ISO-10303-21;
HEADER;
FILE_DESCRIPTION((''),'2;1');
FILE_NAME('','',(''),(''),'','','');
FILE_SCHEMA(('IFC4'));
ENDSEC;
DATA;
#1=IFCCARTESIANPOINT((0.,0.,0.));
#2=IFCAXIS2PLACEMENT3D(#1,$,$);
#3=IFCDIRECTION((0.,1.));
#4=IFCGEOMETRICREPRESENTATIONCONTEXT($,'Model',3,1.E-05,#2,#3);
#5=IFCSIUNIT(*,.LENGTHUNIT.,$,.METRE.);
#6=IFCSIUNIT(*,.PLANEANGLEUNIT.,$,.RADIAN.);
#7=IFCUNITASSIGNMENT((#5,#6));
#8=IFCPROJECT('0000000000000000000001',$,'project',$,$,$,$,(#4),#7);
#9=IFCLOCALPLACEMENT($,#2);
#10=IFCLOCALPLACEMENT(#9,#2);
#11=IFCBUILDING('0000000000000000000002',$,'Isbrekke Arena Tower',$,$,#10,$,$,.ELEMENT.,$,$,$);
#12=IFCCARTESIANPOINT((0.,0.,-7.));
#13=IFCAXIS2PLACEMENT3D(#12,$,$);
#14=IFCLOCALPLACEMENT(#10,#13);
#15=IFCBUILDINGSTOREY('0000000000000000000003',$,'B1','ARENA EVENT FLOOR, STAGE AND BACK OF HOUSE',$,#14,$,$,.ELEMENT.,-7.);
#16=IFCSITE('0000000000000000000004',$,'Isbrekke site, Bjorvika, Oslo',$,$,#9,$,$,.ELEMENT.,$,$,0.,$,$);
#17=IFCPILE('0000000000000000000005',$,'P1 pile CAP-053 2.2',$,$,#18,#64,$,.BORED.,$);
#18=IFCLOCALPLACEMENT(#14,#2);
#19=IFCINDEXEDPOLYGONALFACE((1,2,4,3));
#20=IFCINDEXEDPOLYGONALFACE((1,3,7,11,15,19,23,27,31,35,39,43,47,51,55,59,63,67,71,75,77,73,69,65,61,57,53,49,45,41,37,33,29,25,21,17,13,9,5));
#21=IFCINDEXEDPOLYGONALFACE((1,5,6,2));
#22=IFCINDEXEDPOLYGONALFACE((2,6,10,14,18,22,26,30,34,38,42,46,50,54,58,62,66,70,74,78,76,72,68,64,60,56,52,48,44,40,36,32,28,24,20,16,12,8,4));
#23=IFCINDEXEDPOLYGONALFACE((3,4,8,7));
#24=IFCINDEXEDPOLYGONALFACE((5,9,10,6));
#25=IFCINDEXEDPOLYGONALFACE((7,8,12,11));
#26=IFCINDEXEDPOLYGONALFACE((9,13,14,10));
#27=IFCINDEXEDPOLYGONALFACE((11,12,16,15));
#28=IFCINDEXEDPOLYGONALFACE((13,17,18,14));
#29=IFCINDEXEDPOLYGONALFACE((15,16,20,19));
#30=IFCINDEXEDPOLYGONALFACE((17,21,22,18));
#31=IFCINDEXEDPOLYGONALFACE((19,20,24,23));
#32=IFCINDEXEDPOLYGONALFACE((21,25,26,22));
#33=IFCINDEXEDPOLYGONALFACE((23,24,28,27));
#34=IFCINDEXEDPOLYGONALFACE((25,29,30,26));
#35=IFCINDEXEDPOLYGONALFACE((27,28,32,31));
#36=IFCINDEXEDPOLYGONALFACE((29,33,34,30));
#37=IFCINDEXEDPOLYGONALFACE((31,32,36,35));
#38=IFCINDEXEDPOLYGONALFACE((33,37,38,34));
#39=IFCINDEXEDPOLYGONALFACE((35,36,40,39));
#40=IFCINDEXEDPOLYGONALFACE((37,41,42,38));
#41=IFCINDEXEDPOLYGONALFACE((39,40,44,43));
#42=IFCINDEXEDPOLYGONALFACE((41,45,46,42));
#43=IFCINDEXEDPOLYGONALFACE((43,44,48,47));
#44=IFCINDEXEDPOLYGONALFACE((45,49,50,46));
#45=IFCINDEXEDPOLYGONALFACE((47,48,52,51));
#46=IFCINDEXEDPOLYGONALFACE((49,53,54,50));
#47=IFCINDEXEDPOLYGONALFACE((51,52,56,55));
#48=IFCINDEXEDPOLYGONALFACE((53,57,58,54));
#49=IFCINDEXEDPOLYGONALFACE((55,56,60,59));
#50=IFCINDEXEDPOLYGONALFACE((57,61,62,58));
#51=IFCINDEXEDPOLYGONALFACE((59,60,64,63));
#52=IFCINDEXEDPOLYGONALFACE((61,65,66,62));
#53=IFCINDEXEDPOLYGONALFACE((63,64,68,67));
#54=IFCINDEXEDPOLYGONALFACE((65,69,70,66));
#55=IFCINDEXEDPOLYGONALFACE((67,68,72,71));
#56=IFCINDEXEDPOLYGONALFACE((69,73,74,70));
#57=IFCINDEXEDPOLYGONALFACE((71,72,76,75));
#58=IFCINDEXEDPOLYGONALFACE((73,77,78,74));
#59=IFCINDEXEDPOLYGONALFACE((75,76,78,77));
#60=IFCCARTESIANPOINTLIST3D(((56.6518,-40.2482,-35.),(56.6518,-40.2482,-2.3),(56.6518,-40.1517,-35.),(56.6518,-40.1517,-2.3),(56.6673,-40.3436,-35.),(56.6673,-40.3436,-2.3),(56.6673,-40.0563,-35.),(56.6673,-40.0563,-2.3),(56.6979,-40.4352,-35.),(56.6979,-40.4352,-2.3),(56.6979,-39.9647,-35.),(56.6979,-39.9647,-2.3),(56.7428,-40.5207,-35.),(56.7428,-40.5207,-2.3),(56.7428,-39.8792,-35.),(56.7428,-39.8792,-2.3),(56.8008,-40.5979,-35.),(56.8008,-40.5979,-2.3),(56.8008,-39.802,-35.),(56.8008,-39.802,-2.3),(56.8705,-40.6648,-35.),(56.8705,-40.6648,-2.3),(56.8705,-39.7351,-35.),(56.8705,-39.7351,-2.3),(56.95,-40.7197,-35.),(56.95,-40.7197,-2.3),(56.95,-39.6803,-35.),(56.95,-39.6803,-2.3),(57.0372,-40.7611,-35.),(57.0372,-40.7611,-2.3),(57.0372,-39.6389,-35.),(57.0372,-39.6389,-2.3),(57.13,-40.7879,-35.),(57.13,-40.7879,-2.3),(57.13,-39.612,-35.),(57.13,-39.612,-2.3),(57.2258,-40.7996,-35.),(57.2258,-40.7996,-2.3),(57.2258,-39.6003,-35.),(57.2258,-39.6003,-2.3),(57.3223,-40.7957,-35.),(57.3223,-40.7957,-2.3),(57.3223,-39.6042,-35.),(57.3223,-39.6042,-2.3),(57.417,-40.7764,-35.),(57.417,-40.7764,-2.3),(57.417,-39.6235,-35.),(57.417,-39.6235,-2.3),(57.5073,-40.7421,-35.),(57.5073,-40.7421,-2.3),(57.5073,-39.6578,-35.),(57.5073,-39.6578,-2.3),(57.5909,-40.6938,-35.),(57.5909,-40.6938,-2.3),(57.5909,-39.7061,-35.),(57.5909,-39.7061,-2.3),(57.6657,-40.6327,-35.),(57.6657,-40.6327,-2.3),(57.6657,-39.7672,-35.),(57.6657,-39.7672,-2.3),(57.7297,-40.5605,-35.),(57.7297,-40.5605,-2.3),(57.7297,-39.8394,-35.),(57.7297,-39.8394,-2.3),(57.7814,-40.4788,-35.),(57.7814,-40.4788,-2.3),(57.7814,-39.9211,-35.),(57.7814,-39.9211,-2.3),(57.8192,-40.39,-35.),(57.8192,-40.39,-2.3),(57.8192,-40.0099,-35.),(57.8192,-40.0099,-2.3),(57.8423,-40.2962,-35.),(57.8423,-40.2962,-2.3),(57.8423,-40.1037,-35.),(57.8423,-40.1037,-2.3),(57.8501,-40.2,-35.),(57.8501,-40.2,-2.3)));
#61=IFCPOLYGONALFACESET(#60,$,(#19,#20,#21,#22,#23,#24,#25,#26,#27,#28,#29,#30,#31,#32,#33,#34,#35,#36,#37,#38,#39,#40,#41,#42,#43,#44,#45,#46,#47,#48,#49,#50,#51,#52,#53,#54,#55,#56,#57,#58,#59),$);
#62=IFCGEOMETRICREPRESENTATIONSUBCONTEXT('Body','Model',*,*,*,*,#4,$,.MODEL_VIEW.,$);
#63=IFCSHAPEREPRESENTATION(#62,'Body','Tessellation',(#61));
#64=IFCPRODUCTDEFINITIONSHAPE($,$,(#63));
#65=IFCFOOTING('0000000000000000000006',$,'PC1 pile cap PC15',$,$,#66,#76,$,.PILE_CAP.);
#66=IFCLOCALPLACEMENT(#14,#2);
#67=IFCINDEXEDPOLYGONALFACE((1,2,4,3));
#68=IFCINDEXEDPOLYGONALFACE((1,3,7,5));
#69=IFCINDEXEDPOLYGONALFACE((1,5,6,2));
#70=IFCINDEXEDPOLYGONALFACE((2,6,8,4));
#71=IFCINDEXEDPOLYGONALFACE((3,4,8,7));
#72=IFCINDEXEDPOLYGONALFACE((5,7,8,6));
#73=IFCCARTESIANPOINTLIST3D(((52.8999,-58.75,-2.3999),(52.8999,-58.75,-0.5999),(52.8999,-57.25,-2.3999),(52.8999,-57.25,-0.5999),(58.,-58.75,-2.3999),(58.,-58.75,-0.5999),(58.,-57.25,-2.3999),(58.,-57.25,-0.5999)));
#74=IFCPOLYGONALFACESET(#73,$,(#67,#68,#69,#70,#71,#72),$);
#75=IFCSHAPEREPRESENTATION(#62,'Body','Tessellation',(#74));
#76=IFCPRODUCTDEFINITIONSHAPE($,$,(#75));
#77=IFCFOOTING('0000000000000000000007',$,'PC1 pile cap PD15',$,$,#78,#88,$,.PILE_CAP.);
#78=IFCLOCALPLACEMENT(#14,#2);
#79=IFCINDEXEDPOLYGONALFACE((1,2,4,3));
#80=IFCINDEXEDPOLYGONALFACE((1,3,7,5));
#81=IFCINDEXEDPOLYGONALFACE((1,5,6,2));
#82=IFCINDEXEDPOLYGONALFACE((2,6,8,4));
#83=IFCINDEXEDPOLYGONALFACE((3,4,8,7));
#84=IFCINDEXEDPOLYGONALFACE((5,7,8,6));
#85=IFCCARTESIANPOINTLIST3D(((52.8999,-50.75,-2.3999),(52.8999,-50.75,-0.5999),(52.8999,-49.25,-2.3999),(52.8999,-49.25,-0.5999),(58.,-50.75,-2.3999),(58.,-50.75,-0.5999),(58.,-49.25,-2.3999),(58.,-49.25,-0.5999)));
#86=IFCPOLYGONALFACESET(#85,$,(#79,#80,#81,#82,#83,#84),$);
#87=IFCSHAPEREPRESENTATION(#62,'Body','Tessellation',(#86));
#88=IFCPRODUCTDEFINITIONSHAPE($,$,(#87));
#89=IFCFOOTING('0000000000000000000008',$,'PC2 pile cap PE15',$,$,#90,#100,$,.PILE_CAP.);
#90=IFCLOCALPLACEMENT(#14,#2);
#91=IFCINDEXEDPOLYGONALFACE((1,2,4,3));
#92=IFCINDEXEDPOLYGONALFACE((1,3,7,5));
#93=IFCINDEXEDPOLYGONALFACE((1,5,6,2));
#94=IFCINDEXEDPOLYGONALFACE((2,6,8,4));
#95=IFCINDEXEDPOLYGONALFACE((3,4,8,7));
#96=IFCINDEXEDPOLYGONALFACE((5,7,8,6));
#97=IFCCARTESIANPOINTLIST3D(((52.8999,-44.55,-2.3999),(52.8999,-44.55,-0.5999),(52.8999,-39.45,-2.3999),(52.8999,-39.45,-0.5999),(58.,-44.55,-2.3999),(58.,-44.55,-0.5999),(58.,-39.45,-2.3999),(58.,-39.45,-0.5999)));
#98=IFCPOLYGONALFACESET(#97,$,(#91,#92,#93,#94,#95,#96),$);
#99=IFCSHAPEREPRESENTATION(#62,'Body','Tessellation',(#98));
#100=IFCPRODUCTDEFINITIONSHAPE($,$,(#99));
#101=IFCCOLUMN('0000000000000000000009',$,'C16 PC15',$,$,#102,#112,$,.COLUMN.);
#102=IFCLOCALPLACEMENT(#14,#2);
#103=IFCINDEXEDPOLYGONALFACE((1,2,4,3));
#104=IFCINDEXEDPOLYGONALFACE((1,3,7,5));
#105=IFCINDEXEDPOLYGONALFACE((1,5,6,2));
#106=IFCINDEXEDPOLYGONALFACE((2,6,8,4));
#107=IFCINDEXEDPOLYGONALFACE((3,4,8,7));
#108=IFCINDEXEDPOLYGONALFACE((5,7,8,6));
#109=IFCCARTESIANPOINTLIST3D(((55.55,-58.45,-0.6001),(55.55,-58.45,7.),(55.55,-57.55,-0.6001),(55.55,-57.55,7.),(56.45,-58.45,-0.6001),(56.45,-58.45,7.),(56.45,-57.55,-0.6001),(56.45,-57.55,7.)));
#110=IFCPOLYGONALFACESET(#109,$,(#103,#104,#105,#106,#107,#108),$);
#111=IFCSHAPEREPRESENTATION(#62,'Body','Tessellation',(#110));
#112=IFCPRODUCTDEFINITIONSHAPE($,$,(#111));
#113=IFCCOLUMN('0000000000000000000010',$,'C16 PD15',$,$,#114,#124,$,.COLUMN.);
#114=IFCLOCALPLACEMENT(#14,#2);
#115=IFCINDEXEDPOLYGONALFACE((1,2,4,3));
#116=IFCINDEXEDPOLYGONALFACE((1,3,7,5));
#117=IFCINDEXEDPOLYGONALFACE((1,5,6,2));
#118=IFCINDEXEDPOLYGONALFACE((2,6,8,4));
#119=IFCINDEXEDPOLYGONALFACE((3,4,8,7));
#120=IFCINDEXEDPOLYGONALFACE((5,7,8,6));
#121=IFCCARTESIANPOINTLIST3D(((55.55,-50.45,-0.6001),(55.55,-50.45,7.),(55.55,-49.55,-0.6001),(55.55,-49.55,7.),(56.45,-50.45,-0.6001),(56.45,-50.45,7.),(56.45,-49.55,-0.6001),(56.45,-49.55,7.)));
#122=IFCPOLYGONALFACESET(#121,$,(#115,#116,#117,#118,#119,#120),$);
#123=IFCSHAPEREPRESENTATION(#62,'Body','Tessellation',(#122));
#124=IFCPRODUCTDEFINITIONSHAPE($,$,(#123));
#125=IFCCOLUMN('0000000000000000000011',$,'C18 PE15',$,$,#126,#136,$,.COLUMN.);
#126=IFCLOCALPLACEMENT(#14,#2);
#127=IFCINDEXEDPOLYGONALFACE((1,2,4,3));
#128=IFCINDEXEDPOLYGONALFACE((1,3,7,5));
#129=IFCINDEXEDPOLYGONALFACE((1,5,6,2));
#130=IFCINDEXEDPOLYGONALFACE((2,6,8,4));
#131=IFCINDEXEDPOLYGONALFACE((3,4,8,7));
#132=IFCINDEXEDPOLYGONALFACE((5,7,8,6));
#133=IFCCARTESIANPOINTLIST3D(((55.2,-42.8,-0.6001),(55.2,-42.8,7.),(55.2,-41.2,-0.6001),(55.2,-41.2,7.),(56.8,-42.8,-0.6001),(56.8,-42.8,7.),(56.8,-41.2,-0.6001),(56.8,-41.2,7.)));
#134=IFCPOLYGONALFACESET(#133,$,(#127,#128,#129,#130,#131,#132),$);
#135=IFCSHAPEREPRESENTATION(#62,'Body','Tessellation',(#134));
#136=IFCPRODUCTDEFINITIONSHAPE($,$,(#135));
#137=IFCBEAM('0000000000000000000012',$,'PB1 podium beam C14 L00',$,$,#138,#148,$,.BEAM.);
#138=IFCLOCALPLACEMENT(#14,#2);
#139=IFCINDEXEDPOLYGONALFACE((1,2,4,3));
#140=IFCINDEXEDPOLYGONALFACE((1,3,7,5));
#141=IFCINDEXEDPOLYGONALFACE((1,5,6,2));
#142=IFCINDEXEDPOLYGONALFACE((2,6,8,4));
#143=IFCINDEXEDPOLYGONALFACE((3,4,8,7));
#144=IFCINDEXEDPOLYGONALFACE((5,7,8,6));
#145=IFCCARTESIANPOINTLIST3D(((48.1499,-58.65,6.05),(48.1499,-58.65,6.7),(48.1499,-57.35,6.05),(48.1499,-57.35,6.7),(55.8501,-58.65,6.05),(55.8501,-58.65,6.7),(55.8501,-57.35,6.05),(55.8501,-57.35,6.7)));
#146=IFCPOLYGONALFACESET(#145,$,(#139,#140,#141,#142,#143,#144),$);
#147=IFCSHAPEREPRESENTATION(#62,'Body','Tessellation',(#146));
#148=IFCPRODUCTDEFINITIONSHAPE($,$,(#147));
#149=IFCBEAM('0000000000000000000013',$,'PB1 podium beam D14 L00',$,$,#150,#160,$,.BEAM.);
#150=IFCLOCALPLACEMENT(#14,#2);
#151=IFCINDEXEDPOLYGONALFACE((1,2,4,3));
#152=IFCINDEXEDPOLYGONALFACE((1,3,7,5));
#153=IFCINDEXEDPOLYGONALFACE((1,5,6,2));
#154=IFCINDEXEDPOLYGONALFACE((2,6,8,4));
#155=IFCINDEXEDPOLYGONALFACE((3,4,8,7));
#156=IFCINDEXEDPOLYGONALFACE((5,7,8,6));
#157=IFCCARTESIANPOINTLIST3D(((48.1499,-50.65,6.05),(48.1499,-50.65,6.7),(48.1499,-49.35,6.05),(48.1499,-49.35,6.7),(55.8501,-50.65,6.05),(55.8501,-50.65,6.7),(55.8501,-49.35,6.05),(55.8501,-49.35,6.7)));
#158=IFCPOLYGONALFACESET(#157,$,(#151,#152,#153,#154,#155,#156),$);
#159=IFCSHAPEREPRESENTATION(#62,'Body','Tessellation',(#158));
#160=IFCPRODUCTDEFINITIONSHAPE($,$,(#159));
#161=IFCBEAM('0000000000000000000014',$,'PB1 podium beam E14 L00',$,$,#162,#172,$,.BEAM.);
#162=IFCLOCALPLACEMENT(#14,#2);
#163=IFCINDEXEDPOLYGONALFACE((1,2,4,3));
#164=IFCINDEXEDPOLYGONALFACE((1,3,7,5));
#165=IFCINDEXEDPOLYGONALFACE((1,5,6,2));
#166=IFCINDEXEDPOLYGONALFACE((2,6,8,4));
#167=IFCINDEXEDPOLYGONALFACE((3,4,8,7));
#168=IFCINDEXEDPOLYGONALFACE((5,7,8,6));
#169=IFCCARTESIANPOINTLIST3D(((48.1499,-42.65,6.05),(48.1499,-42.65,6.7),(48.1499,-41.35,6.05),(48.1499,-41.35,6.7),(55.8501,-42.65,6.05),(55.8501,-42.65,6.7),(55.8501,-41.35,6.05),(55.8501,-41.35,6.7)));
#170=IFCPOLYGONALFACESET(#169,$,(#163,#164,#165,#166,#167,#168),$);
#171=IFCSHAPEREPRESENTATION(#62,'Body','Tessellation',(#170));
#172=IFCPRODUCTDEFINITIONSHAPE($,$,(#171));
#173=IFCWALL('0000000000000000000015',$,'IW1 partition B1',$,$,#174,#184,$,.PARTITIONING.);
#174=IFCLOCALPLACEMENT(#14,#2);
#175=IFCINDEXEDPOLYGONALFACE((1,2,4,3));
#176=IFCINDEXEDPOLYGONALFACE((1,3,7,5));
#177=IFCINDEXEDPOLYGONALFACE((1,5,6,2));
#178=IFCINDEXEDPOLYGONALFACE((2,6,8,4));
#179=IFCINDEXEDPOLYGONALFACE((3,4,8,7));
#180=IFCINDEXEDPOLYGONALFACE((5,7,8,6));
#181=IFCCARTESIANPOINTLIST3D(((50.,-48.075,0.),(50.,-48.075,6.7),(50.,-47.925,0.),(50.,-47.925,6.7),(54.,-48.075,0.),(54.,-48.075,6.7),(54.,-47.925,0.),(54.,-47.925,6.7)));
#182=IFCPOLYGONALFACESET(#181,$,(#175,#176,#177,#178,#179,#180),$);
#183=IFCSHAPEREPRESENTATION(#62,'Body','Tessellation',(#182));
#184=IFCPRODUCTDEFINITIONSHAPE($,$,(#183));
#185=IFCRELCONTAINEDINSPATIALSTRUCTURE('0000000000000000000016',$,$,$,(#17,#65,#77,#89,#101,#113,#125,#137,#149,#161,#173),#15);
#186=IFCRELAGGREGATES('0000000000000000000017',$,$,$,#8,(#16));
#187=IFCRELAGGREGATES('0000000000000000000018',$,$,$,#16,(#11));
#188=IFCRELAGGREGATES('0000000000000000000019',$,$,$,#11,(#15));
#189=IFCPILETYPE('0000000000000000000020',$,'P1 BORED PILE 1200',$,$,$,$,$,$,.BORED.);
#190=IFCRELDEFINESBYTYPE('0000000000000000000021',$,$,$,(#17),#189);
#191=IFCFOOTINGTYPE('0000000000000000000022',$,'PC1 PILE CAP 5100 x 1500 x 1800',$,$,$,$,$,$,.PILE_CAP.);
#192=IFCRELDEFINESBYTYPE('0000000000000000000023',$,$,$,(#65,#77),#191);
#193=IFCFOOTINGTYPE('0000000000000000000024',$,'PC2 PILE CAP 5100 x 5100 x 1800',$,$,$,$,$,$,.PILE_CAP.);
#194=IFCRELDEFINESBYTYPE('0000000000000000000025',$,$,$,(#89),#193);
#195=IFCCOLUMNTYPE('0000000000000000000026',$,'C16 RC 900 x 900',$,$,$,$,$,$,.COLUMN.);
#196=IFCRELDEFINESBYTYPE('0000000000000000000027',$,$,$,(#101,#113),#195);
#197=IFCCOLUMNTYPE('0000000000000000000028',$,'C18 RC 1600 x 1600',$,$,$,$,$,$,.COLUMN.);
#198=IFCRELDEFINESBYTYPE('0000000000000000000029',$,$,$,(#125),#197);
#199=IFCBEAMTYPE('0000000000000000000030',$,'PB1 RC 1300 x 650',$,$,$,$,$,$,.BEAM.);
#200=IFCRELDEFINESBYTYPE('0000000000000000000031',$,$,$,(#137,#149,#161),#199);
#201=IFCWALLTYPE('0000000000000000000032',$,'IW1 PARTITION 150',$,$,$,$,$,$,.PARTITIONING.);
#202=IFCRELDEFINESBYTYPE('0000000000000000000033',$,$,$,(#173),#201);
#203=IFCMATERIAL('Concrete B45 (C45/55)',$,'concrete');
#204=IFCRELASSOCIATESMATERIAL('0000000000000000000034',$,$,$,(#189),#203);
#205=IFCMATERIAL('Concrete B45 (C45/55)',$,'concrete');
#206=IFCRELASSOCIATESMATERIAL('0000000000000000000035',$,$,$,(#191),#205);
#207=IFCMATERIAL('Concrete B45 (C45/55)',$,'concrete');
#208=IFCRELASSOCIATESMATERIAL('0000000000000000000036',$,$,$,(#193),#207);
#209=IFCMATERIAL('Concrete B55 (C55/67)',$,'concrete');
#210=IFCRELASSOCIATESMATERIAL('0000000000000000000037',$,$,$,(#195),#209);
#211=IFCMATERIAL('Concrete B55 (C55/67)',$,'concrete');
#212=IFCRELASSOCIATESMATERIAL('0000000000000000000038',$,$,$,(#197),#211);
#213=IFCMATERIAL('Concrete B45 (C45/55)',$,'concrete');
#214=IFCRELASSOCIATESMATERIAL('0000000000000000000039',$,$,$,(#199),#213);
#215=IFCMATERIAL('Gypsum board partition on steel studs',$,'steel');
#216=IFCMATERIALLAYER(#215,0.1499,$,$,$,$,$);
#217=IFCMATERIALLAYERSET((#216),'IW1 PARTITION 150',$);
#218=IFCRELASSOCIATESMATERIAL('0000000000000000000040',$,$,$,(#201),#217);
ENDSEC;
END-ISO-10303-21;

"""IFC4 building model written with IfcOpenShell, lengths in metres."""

from ifc_helpers import new_model, si_unit, direction, frame, frame_2d, origin, origin_2d, place, context, subcontext, project, spatial, rectangle, circle, extrude, material, layer, layer_set, material_profile, profile_set, type_object, element, save


model = new_model("IFC4")

# Units and contexts
model_context = context("Model", 3, precision=1e-05, world=origin(), true_north=direction((0.0, 1.0)))
body_context = subcontext(model_context, "Body", "Model", "MODEL_VIEW")
ifc_project = project(units=[si_unit("LENGTHUNIT", "METRE"), si_unit("PLANEANGLEUNIT", "RADIAN")], contexts=[model_context])

# Site, building, storey
site_placement = place(None, origin())
site = spatial("IfcSite", under=ifc_project, at=site_placement, Name="Isbrekke site, Bjorvika, Oslo", CompositionType="ELEMENT", RefElevation=0.0)
building_placement = place(site_placement, origin())
building = spatial("IfcBuilding", under=site, at=building_placement, Name="Isbrekke Arena Tower", CompositionType="ELEMENT")
storey_placement = place(building_placement, frame((0.0, 0.0, -7.0)))
storey = spatial("IfcBuildingStorey", under=building, at=storey_placement, Name="B1", Description="ARENA EVENT FLOOR, STAGE AND BACK OF HOUSE", CompositionType="ELEMENT", Elevation=-7.0)

# Pile
ifc_material_1 = material(Name="Concrete B45 (C45/55)", Category="concrete")
ifc_material_profile_1 = material_profile(ifc_material_1, circle(Radius=0.6001, at=origin_2d()), Name="BORED PILE D1200")
ifc_profile_set_1 = profile_set([ifc_material_profile_1], Name="Concrete B45 (C45/55)")
pile_type = type_object("IfcPileType", Name="P1 BORED PILE 1200", PredefinedType="BORED", material=ifc_profile_set_1)
for number, where, z_axis, x_axis, name in (
    (1, (57.25, -40.2, -2.3), (0.0, 0.0, -1.0), (1.0, 0.0, 0.0), "P1 pile CAP-053 2.2"),
):
    element("IfcPile", number, at=place(storey_placement, frame(where, z_axis=z_axis, x_axis=x_axis)), inside=storey, type_object=pile_type, Name=name, PredefinedType="BORED", context=body_context, shape_type="SweptSolid", body=[
        extrude(circle(Radius=0.6001, at=origin_2d()), origin(), (0.0, 0.0, 1.0), 32.7),
    ])

# Footings
ifc_material_2 = material(Name="Concrete B45 (C45/55)", Category="concrete")
footing_type_1 = type_object("IfcFootingType", Name="PC1 PILE CAP 5100 x 1500 x 1800", PredefinedType="PILE_CAP", material=ifc_material_2)
for number, where, z_axis, x_axis, name in (
    (2, (55.45, -58.0, -2.3999), (0.0, 0.0, 1.0), (1.0, 0.0, 0.0), "PC1 pile cap PC15"),
    (3, (55.45, -50.0, -2.3999), (0.0, 0.0, 1.0), (1.0, 0.0, 0.0), "PC1 pile cap PD15"),
):
    element("IfcFooting", number, at=place(storey_placement, frame(where, z_axis=z_axis, x_axis=x_axis)), inside=storey, type_object=footing_type_1, Name=name, PredefinedType="PILE_CAP", context=body_context, shape_type="SweptSolid", body=[
        extrude(rectangle(XDim=5.1001, YDim=1.5, at=origin_2d()), origin(), (0.0, 0.0, 1.0), 1.8),
    ])
ifc_material_3 = material(Name="Concrete B45 (C45/55)", Category="concrete")
footing_type_2 = type_object("IfcFootingType", Name="PC2 PILE CAP 5100 x 5100 x 1800", PredefinedType="PILE_CAP", material=ifc_material_3)
footing_placement = place(storey_placement, frame((55.45, -42.0, -2.3999), z_axis=(0.0, 0.0, 1.0), x_axis=(1.0, 0.0, 0.0)))
element("IfcFooting", 4, at=footing_placement, inside=storey, type_object=footing_type_2, Name="PC2 pile cap PE15", PredefinedType="PILE_CAP", context=body_context, shape_type="SweptSolid", body=[
    extrude(rectangle(XDim=5.1001, YDim=5.1001, at=origin_2d()), origin(), (0.0, 0.0, 1.0), 1.8),
])

# Columns
ifc_material_4 = material(Name="Concrete B55 (C55/67)", Category="concrete")
ifc_material_profile_2 = material_profile(ifc_material_4, rectangle(XDim=0.8999, YDim=0.8999, at=origin_2d()), Name="RC 900x900")
ifc_profile_set_2 = profile_set([ifc_material_profile_2], Name="Concrete B55 (C55/67)")
column_type_1 = type_object("IfcColumnType", Name="C16 RC 900 x 900", PredefinedType="COLUMN", material=ifc_profile_set_2)
for number, where, z_axis, x_axis, name in (
    (5, (56.0, -58.0, -0.6001), (0.0, 0.0, 1.0), (1.0, 0.0, 0.0), "C16 PC15"),
    (6, (56.0, -50.0, -0.6001), (0.0, 0.0, 1.0), (1.0, 0.0, 0.0), "C16 PD15"),
):
    element("IfcColumn", number, at=place(storey_placement, frame(where, z_axis=z_axis, x_axis=x_axis)), inside=storey, type_object=column_type_1, Name=name, PredefinedType="COLUMN", context=body_context, shape_type="SweptSolid", body=[
        extrude(rectangle(XDim=0.8999, YDim=0.8999, at=origin_2d()), origin(), (0.0, 0.0, 1.0), 7.6001),
    ])
ifc_material_5 = material(Name="Concrete B55 (C55/67)", Category="concrete")
ifc_material_profile_3 = material_profile(ifc_material_5, rectangle(XDim=1.6001, YDim=1.6001, at=origin_2d()), Name="RC 1600x1600")
ifc_profile_set_3 = profile_set([ifc_material_profile_3], Name="Concrete B55 (C55/67)")
column_type_2 = type_object("IfcColumnType", Name="C18 RC 1600 x 1600", PredefinedType="COLUMN", material=ifc_profile_set_3)
column_placement = place(storey_placement, frame((56.0, -42.0, -0.6001), z_axis=(0.0, 0.0, 1.0), x_axis=(1.0, 0.0, 0.0)))
element("IfcColumn", 7, at=column_placement, inside=storey, type_object=column_type_2, Name="C18 PE15", PredefinedType="COLUMN", context=body_context, shape_type="SweptSolid", body=[
    extrude(rectangle(XDim=1.6001, YDim=1.6001, at=origin_2d()), origin(), (0.0, 0.0, 1.0), 7.6001),
])

# Beams
ifc_material_6 = material(Name="Concrete B45 (C45/55)", Category="concrete")
ifc_material_profile_4 = material_profile(ifc_material_6, rectangle(XDim=1.3, YDim=0.6499, at=origin_2d()), Name="RC 1300x650")
ifc_profile_set_4 = profile_set([ifc_material_profile_4], Name="Concrete B45 (C45/55)")
beam_type = type_object("IfcBeamType", Name="PB1 RC 1300 x 650", PredefinedType="BEAM", material=ifc_profile_set_4)
for number, where, z_axis, x_axis, name in (
    (8, (48.1499, -58.0, 6.375), (1.0, 0.0, 0.0), (0.0, 1.0, 0.0), "PB1 podium beam C14 L00"),
    (9, (48.1499, -50.0, 6.375), (1.0, 0.0, 0.0), (0.0, 1.0, 0.0), "PB1 podium beam D14 L00"),
    (10, (48.1499, -42.0, 6.375), (1.0, 0.0, 0.0), (0.0, 1.0, 0.0), "PB1 podium beam E14 L00"),
):
    element("IfcBeam", number, at=place(storey_placement, frame(where, z_axis=z_axis, x_axis=x_axis)), inside=storey, type_object=beam_type, Name=name, PredefinedType="BEAM", context=body_context, shape_type="SweptSolid", body=[
        extrude(rectangle(XDim=1.3, YDim=0.6499, at=origin_2d()), origin(), (0.0, 0.0, 1.0), 7.7002),
    ])

# Wall
ifc_material_7 = material(Name="Gypsum board partition on steel studs", Category="steel")
ifc_layer_1 = layer(ifc_material_7, 0.1499)
ifc_layer_set_1 = layer_set([ifc_layer_1], Name="IW1 PARTITION 150")
wall_type_1 = type_object("IfcWallType", Name="IW1 PARTITION 150", PredefinedType="PARTITIONING", material=ifc_layer_set_1)
wall_1_placement = place(storey_placement, frame((50.0, -48.0, 0.0), z_axis=(0.0, 0.0, 1.0), x_axis=(1.0, 0.0, 0.0)))
element("IfcWall", 11, at=wall_1_placement, inside=storey, type_object=wall_type_1, Name="IW1 partition B1", PredefinedType="PARTITIONING", context=body_context, shape_type="SweptSolid", body=[
    extrude(rectangle(XDim=4.0, YDim=0.1499, at=frame_2d((2.0, 0.0))), origin(), (0.0, 0.0, 1.0), 6.7),
])

save(model, "model.ifc")
